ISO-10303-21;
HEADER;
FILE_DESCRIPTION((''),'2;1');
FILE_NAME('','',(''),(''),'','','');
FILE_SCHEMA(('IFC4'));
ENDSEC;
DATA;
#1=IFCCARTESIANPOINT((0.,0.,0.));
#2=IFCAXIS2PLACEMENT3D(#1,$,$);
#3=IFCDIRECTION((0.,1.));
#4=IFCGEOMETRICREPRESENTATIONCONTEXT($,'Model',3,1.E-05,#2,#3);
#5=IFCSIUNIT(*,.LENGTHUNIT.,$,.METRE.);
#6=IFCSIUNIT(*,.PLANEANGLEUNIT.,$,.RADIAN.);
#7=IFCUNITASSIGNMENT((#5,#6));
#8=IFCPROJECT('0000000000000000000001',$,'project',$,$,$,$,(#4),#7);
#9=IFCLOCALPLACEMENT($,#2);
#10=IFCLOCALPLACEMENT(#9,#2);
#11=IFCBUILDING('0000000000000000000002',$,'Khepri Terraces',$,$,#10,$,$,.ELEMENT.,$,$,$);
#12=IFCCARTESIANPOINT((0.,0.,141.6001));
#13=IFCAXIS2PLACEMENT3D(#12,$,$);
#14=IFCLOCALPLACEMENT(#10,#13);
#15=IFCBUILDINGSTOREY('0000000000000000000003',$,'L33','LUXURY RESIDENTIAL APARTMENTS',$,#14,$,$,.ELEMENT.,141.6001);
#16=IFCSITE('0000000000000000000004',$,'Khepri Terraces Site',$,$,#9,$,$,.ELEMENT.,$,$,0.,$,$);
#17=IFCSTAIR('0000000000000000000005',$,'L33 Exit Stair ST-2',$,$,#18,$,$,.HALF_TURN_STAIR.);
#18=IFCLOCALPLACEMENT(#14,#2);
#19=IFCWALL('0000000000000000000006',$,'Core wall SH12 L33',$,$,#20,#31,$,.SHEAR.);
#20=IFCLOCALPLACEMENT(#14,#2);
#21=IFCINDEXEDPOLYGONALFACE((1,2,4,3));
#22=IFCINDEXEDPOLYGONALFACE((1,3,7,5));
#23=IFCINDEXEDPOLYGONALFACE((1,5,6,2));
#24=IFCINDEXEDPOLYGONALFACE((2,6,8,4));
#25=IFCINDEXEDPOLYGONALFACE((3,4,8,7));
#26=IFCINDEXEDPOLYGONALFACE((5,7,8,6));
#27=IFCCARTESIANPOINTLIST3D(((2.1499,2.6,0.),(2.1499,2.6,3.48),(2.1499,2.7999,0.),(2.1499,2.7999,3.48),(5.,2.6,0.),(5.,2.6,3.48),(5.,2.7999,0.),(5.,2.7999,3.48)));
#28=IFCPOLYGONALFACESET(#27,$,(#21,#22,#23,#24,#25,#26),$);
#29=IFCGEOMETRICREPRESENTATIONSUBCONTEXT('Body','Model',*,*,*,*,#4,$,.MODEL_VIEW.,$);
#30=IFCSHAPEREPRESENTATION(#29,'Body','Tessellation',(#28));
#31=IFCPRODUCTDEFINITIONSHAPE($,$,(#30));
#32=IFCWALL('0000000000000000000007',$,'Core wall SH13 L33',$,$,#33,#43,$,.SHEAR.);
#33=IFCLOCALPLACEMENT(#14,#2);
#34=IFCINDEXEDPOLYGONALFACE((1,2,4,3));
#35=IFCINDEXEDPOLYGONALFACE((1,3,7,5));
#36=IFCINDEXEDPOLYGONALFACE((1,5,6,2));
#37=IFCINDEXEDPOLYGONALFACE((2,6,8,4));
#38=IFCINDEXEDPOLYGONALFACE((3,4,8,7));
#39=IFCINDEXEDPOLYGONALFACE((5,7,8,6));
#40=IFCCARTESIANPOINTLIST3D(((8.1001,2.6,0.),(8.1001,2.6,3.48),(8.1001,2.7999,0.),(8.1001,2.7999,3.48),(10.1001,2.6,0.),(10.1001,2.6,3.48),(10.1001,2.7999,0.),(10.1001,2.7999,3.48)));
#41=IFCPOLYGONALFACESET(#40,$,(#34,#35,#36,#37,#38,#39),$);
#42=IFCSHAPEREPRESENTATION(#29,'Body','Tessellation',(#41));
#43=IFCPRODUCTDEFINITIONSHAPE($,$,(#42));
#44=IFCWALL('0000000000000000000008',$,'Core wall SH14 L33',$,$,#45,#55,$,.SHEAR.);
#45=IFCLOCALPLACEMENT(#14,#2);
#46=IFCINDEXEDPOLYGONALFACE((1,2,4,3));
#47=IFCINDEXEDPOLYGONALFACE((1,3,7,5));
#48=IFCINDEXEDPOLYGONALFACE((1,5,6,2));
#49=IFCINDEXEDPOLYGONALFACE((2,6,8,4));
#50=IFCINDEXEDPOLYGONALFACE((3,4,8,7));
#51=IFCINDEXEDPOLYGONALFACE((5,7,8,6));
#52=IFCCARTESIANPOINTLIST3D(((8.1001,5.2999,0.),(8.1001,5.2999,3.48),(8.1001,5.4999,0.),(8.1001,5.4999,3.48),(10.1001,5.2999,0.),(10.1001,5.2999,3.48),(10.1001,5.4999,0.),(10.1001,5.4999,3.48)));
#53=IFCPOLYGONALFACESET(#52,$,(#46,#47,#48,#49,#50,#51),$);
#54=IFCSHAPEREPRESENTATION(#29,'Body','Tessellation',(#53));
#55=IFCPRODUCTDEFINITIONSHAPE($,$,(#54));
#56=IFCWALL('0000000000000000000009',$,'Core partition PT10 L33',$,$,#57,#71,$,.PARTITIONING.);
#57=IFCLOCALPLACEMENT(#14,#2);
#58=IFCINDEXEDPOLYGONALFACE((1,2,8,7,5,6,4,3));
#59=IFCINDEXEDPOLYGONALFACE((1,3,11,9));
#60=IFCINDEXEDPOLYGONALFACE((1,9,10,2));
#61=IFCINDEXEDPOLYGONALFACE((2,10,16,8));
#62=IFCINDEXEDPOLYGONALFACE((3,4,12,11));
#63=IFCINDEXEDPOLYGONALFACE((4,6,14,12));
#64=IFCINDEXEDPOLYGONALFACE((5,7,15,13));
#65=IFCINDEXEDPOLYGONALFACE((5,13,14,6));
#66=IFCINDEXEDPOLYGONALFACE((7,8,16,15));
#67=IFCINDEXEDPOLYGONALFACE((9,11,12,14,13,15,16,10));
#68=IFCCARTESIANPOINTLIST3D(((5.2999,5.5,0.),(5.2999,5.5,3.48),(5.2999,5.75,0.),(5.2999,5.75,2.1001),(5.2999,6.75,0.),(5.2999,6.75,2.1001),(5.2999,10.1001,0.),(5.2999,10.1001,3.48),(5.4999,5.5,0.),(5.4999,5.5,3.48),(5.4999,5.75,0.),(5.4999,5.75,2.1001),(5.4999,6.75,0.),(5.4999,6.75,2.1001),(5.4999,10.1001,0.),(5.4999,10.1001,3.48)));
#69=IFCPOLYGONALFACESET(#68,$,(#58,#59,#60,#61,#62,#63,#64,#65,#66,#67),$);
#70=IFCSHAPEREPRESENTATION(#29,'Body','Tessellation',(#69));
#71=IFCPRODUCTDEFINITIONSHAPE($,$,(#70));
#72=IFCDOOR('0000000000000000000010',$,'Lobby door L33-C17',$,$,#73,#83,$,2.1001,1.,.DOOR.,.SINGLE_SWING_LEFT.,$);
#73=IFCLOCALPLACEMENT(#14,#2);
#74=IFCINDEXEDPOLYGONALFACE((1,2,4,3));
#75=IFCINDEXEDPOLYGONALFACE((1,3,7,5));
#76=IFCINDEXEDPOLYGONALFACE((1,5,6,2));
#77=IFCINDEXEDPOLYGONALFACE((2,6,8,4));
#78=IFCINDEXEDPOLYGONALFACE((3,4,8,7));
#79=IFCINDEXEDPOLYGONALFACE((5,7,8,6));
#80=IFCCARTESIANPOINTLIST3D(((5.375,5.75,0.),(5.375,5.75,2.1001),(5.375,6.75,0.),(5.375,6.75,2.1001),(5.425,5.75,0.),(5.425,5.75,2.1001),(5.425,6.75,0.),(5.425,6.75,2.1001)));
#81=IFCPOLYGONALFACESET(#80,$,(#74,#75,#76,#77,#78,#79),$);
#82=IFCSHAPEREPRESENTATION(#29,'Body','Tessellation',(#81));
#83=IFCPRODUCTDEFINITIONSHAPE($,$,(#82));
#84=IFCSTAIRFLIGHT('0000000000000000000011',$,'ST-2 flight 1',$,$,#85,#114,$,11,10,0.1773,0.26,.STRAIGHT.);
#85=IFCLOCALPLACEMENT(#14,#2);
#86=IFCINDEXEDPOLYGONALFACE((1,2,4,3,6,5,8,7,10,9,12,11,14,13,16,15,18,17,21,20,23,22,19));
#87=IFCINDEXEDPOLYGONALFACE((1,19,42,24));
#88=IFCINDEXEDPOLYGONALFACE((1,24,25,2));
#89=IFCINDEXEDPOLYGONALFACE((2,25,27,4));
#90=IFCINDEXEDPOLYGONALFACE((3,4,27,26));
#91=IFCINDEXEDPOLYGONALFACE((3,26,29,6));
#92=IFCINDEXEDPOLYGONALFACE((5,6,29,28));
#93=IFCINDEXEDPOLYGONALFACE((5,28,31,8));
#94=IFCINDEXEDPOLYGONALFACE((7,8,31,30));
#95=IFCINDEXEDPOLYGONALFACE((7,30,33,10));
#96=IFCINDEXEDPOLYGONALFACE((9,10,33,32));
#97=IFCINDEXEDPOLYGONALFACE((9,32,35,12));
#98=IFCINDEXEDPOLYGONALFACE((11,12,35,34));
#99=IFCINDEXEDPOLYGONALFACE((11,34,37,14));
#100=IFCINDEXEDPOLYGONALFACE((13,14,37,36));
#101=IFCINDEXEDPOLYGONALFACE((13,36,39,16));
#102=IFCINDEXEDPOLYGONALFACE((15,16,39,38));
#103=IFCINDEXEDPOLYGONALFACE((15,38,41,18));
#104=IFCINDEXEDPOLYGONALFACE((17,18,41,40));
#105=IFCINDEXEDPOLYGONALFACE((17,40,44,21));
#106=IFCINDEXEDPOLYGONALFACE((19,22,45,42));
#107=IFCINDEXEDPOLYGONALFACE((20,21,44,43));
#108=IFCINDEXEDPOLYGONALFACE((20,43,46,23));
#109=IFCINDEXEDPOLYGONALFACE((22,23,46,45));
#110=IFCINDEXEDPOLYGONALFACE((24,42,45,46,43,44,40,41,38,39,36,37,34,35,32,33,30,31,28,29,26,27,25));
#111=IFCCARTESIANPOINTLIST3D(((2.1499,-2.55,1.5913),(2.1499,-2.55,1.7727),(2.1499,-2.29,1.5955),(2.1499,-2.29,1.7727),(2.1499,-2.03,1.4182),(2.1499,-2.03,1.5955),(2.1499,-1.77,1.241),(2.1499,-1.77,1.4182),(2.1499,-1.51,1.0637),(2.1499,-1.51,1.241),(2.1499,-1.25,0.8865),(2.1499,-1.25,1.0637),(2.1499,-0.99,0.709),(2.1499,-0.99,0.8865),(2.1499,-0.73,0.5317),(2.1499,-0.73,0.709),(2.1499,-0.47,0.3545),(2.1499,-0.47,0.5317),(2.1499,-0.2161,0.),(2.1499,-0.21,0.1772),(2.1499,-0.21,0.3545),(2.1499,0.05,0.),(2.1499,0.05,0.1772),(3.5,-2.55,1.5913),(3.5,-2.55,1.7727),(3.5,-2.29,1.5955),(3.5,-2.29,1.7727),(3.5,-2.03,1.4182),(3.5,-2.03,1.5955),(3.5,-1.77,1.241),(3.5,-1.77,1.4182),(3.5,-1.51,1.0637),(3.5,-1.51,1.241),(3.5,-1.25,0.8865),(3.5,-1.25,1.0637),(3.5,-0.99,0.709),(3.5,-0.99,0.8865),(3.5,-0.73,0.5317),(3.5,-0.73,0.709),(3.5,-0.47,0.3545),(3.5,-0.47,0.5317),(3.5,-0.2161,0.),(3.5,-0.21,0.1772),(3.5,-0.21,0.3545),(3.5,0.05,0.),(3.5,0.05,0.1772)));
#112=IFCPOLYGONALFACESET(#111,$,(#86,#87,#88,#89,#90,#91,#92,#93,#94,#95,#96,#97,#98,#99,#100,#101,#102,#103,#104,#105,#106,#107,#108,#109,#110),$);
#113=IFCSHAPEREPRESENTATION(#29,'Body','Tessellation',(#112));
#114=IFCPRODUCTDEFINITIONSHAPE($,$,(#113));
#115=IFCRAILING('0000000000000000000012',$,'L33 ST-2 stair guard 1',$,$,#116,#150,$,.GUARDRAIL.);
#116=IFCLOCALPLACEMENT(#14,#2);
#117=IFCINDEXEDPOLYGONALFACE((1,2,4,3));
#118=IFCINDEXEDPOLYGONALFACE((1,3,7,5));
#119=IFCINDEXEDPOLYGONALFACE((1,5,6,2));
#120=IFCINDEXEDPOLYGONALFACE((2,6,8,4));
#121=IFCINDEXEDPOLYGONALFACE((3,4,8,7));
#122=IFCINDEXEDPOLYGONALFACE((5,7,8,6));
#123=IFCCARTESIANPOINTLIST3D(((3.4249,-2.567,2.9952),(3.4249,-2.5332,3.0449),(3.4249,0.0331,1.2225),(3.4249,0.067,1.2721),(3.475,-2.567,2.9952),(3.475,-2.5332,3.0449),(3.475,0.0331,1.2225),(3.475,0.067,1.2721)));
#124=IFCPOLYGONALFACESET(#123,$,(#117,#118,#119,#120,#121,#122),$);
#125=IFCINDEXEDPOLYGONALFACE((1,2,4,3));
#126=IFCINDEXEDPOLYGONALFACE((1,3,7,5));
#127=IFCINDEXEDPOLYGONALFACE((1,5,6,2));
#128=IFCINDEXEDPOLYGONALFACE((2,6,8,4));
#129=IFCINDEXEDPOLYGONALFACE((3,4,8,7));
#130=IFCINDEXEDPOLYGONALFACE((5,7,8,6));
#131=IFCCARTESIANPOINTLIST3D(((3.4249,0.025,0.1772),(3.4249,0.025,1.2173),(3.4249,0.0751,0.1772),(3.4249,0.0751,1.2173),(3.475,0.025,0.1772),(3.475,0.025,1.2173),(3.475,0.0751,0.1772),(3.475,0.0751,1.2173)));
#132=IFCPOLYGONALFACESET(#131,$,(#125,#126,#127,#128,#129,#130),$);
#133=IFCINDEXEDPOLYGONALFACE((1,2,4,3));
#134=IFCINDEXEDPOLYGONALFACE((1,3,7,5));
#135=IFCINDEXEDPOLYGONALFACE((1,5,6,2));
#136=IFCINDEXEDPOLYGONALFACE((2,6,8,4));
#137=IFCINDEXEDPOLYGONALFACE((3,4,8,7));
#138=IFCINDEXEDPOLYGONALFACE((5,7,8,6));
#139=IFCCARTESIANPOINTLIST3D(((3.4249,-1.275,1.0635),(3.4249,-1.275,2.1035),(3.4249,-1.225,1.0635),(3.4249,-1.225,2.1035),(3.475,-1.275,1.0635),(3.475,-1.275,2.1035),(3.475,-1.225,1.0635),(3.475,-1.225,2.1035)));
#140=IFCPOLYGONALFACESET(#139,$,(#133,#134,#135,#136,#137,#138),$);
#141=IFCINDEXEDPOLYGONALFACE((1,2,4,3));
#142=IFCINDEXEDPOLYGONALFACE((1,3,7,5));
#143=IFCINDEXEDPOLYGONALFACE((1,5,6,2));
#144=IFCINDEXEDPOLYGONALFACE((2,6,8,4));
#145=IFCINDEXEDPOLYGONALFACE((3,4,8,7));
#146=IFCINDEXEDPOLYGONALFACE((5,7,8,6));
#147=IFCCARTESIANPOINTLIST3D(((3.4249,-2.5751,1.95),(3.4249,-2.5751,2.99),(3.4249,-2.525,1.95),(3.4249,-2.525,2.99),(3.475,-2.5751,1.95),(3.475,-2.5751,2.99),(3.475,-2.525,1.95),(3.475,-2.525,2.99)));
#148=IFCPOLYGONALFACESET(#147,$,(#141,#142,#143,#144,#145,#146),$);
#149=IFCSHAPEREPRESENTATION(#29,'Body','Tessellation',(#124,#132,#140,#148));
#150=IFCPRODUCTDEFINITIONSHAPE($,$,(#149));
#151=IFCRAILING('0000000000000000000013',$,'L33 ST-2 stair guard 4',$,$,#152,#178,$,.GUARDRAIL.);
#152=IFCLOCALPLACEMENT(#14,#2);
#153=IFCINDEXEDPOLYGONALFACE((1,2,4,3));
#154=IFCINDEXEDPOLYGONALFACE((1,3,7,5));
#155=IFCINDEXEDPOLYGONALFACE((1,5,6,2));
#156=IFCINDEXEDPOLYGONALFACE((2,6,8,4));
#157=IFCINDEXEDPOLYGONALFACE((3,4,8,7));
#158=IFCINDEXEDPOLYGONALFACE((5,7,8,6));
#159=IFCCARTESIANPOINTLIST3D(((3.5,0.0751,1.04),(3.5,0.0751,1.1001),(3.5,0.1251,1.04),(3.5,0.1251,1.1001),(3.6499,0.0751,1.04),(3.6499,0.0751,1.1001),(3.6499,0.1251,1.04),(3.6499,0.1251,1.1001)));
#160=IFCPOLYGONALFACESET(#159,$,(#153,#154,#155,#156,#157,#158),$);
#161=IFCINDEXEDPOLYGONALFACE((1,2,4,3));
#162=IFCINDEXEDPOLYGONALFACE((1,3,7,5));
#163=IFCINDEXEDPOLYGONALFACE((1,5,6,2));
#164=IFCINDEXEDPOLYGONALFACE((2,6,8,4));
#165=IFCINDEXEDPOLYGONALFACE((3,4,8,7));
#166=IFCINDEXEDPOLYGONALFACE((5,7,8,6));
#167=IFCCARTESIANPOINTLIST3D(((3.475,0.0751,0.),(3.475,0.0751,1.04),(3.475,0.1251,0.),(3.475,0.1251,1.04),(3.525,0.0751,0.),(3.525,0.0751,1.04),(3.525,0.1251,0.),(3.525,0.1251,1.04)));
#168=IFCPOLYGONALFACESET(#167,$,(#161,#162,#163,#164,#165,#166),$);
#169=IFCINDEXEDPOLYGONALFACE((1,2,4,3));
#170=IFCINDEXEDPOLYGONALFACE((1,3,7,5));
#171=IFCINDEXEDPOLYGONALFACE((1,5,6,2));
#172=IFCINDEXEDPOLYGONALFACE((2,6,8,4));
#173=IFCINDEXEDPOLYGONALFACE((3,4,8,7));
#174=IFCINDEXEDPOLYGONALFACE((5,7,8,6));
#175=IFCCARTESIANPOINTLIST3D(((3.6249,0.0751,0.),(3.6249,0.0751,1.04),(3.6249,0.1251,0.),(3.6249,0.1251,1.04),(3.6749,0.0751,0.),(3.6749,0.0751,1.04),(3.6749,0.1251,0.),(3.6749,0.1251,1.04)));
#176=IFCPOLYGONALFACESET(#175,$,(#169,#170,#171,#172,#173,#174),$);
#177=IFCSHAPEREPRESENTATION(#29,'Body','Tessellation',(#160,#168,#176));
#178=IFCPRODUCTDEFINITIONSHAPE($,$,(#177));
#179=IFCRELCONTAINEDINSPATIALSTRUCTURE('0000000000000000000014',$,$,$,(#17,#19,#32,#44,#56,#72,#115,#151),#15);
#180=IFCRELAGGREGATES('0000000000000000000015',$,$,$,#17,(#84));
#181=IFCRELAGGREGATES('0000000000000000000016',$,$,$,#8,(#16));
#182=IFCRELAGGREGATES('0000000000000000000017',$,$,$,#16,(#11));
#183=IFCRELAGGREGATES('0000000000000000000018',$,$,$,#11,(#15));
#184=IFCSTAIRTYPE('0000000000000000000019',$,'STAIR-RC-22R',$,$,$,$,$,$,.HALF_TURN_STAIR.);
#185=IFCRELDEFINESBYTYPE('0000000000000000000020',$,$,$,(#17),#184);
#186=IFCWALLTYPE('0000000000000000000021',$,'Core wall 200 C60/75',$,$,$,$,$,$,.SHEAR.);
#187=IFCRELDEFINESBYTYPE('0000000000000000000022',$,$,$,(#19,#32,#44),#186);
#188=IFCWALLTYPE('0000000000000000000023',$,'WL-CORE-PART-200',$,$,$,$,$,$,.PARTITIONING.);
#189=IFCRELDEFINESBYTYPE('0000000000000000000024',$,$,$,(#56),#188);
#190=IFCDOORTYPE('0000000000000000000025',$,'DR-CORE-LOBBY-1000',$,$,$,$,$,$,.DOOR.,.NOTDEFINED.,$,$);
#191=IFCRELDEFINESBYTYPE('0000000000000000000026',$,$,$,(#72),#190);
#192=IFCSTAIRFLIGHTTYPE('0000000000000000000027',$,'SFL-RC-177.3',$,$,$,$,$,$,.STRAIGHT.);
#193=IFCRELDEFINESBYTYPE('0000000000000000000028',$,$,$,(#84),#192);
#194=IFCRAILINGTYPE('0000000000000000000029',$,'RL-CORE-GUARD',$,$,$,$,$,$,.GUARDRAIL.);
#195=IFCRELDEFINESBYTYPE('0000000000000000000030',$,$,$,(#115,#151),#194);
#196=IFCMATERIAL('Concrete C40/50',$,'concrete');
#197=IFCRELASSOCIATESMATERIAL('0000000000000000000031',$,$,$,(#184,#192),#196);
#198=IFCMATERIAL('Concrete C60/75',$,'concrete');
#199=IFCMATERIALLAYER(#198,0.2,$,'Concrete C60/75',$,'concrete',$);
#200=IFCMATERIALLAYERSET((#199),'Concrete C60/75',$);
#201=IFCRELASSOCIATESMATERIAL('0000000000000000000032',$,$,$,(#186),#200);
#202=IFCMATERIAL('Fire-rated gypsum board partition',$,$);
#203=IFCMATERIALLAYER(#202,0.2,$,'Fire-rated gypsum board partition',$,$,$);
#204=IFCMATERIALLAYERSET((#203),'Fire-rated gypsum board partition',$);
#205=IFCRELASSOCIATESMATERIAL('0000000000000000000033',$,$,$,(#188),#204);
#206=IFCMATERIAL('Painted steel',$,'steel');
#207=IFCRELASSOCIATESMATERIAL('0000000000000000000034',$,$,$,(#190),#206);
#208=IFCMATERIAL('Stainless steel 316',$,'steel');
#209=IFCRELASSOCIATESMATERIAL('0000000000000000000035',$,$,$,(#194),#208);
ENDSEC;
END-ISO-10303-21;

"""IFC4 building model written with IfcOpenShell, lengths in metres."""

from ifc_helpers import new_model, si_unit, direction, frame, frame_2d, origin, origin_2d, place, context, subcontext, project, spatial, polyline, rectangle, outline, extrude, material, layer, layer_set, type_object, element, fill, aggregate, save


model = new_model("IFC4")

# Units and contexts
model_context = context("Model", 3, precision=1e-05, world=origin(), true_north=direction((0.0, 1.0)))
body_context = subcontext(model_context, "Body", "Model", "MODEL_VIEW")
ifc_project = project(units=[si_unit("LENGTHUNIT", "METRE"), si_unit("PLANEANGLEUNIT", "RADIAN")], contexts=[model_context])

# Site, building, storey
site_placement = place(None, origin())
site = spatial("IfcSite", under=ifc_project, at=site_placement, Name="Khepri Terraces Site", CompositionType="ELEMENT", RefElevation=0.0)
building_placement = place(site_placement, origin())
building = spatial("IfcBuilding", under=site, at=building_placement, Name="Khepri Terraces", CompositionType="ELEMENT")
storey_placement = place(building_placement, frame((0.0, 0.0, 141.6001)))
storey = spatial("IfcBuildingStorey", under=building, at=storey_placement, Name="L33", Description="LUXURY RESIDENTIAL APARTMENTS", CompositionType="ELEMENT", Elevation=141.6001)

# Stair
ifc_material_1 = material(Name="Concrete C40/50", Category="concrete")
stair_type = type_object("IfcStairType", Name="STAIR-RC-22R", PredefinedType="HALF_TURN_STAIR", material=ifc_material_1)
stair_1_placement = place(storey_placement, origin())
stair_1 = element("IfcStair", 1, at=stair_1_placement, inside=storey, type_object=stair_type, Name="L33 Exit Stair ST-2", PredefinedType="HALF_TURN_STAIR")

# Shared definitions
ifc_material_2 = material(Name="Concrete C60/75", Category="concrete")
ifc_layer_1 = layer(ifc_material_2, 0.2, Name="Concrete C60/75", Category="concrete")
ifc_layer_set_1 = layer_set([ifc_layer_1], Name="Concrete C60/75")
wall_type_1 = type_object("IfcWallType", Name="Core wall 200 C60/75", PredefinedType="SHEAR", material=ifc_layer_set_1)

# Shared definitions
ifc_material_3 = material(Name="Painted steel", Category="steel")

# Walls
wall_1_placement = place(storey_placement, frame((2.1499, 2.7, 0.0), z_axis=(0.0, 0.0, 1.0), x_axis=(1.0, 0.0, 0.0)))
element("IfcWall", 2, at=wall_1_placement, inside=storey, type_object=wall_type_1, Name="Core wall SH12 L33", PredefinedType="SHEAR", context=body_context, shape_type="SweptSolid", body=[
    extrude(rectangle(XDim=2.8501, YDim=0.2, at=frame_2d((1.425, 0.0))), origin(), (0.0, 0.0, 1.0), 3.48),
])
for number, where, z_axis, x_axis, name in (
    (3, (8.1001, 2.7, 0.0), (0.0, 0.0, 1.0), (1.0, 0.0, 0.0), "Core wall SH13 L33"),
    (4, (8.1001, 5.3999, 0.0), (0.0, 0.0, 1.0), (1.0, 0.0, 0.0), "Core wall SH14 L33"),
):
    element("IfcWall", number, at=place(storey_placement, frame(where, z_axis=z_axis, x_axis=x_axis)), inside=storey, type_object=wall_type_1, Name=name, PredefinedType="SHEAR", context=body_context, shape_type="SweptSolid", body=[
        extrude(rectangle(XDim=2.0, YDim=0.2, at=frame_2d((1.0, 0.0))), origin(), (0.0, 0.0, 1.0), 3.48),
    ])

# Wall, opening, door
ifc_material_4 = material(Name="Fire-rated gypsum board partition")
ifc_layer_2 = layer(ifc_material_4, 0.2, Name="Fire-rated gypsum board partition")
ifc_layer_set_2 = layer_set([ifc_layer_2], Name="Fire-rated gypsum board partition")
wall_type_2 = type_object("IfcWallType", Name="WL-CORE-PART-200", PredefinedType="PARTITIONING", material=ifc_layer_set_2)
wall_2_placement = place(storey_placement, frame((5.3999, 5.5, 0.0), z_axis=(0.0, 0.0, 1.0), x_axis=(0.0, 1.0, 0.0)))
wall_2 = element("IfcWall", 5, at=wall_2_placement, inside=storey, type_object=wall_type_2, Name="Core partition PT10 L33", PredefinedType="PARTITIONING", context=body_context, shape_type="SweptSolid", body=[
    extrude(rectangle(XDim=4.6001, YDim=0.2, at=frame_2d((2.3, 0.0))), origin(), (0.0, 0.0, 1.0), 3.48),
])
opening_1_placement = place(wall_2_placement, frame((0.25, 0.0, 0.0)))
opening_1 = element("IfcOpeningElement", 6, at=opening_1_placement, cuts=wall_2, PredefinedType="OPENING", context=body_context, shape_type="SweptSolid", body=[
    extrude(rectangle(XDim=1.0, YDim=2.1001, at=frame_2d((0.5, 1.05))), frame((0.0, 0.1099, 0.0), z_axis=(0.0, -1.0, 0.0), x_axis=(1.0, 0.0, 0.0)), (0.0, 0.0, 1.0), 0.22),
])
door_type_1 = type_object("IfcDoorType", Name="DR-CORE-LOBBY-1000", OperationType="NOTDEFINED", PredefinedType="DOOR", material=ifc_material_3)
door_1_placement = place(opening_1_placement, origin())
door_1 = element("IfcDoor", 7, at=door_1_placement, inside=storey, type_object=door_type_1, Name="Lobby door L33-C17", OperationType="SINGLE_SWING_LEFT", OverallHeight=2.1001, OverallWidth=1.0, PredefinedType="DOOR", context=body_context, shape_type="SweptSolid", body=[
    extrude(rectangle(XDim=1.0, YDim=2.1001, at=frame_2d((0.5, 1.05))), frame((0.0, 0.0249, 0.0), z_axis=(0.0, -1.0, 0.0), x_axis=(1.0, 0.0, 0.0)), (0.0, 0.0, 1.0), 0.05),
])
fill(opening_1, door_1)

# Stair flight
stair_flight_type = type_object("IfcStairFlightType", Name="SFL-RC-177.3", PredefinedType="STRAIGHT", material=ifc_material_1)
stair_flight_placement = place(storey_placement, frame((2.825, 0.05, 0.0), z_axis=(0.0, 0.0, 1.0), x_axis=(0.0, -1.0, 0.0)))
stair_flight = element("IfcStairFlight", 8, at=stair_flight_placement, type_object=stair_flight_type, Name="ST-2 flight 1", NumberOfRisers=11, NumberOfTreads=10, PredefinedType="STRAIGHT", RiserHeight=0.1773, TreadLength=0.26, context=body_context, shape_type="SweptSolid", body=[
    extrude(outline(polyline([(0.0, 0.0), (0.0, 0.1772), (0.26, 0.1772), (0.26, 0.3545), (0.52, 0.3545), (0.52, 0.5317), (0.78, 0.5317), (0.78, 0.709), (1.04, 0.709), (1.04, 0.8865), (1.3, 0.8865), (1.3, 1.0637), (1.5601, 1.0637), (1.5601, 1.241), (1.8201, 1.241), (1.8201, 1.4182), (2.0801, 1.4182), (2.0801, 1.5955), (2.3401, 1.5955), (2.3401, 1.7727), (2.6001, 1.7727), (2.6001, 1.95), (2.6001, 1.5913), (0.2661, 0.0), (0.0, 0.0)])), frame((0.0, 0.675, 0.0), z_axis=(0.0, -1.0, 0.0), x_axis=(1.0, 0.0, 0.0)), (0.0, 0.0, 1.0), 1.3501),
])
aggregate(stair_1, [stair_flight])

# Railings
ifc_material_5 = material(Name="Stainless steel 316", Category="steel")
railing_type_1 = type_object("IfcRailingType", Name="RL-CORE-GUARD", PredefinedType="GUARDRAIL", material=ifc_material_5)
railing_1_placement = place(storey_placement, frame((3.45, 0.05, 0.1772)))
element("IfcRailing", 9, at=railing_1_placement, inside=storey, type_object=railing_type_1, Name="L33 ST-2 stair guard 1", PredefinedType="GUARDRAIL", context=body_context, shape_type="SweptSolid", body=[
    extrude(rectangle(XDim=0.05, YDim=0.0601, at=origin_2d()), frame((0.0, 0.0, 1.0701), z_axis=(0.0, -0.82624, 0.563318), x_axis=(1.0, 0.0, 0.0)), (0.0, 0.0, 1.0), 3.147),
    extrude(rectangle(XDim=0.05, YDim=0.05, at=origin_2d()), origin(), (0.0, 0.0, 1.0), 1.04),
    extrude(rectangle(XDim=0.05, YDim=0.05, at=origin_2d()), frame((0.0, -1.3, 0.8862)), (0.0, 0.0, 1.0), 1.04),
    extrude(rectangle(XDim=0.05, YDim=0.05, at=origin_2d()), frame((0.0, -2.6001, 1.7727)), (0.0, 0.0, 1.0), 1.04),
])
railing_2_placement = place(storey_placement, frame((3.5, 0.1001, 0.0)))
element("IfcRailing", 10, at=railing_2_placement, inside=storey, type_object=railing_type_1, Name="L33 ST-2 stair guard 4", PredefinedType="GUARDRAIL", context=body_context, shape_type="SweptSolid", body=[
    extrude(rectangle(XDim=0.05, YDim=0.0601, at=origin_2d()), frame((0.0, 0.0, 1.0701), z_axis=(1.0, 0.0, 0.0), x_axis=(0.0, 1.0, 0.0)), (0.0, 0.0, 1.0), 0.1499),
    extrude(rectangle(XDim=0.05, YDim=0.05, at=origin_2d()), origin(), (0.0, 0.0, 1.0), 1.04),
    extrude(rectangle(XDim=0.05, YDim=0.05, at=origin_2d()), frame((0.1499, 0.0, 0.0)), (0.0, 0.0, 1.0), 1.04),
])

save(model, "model.ifc")
